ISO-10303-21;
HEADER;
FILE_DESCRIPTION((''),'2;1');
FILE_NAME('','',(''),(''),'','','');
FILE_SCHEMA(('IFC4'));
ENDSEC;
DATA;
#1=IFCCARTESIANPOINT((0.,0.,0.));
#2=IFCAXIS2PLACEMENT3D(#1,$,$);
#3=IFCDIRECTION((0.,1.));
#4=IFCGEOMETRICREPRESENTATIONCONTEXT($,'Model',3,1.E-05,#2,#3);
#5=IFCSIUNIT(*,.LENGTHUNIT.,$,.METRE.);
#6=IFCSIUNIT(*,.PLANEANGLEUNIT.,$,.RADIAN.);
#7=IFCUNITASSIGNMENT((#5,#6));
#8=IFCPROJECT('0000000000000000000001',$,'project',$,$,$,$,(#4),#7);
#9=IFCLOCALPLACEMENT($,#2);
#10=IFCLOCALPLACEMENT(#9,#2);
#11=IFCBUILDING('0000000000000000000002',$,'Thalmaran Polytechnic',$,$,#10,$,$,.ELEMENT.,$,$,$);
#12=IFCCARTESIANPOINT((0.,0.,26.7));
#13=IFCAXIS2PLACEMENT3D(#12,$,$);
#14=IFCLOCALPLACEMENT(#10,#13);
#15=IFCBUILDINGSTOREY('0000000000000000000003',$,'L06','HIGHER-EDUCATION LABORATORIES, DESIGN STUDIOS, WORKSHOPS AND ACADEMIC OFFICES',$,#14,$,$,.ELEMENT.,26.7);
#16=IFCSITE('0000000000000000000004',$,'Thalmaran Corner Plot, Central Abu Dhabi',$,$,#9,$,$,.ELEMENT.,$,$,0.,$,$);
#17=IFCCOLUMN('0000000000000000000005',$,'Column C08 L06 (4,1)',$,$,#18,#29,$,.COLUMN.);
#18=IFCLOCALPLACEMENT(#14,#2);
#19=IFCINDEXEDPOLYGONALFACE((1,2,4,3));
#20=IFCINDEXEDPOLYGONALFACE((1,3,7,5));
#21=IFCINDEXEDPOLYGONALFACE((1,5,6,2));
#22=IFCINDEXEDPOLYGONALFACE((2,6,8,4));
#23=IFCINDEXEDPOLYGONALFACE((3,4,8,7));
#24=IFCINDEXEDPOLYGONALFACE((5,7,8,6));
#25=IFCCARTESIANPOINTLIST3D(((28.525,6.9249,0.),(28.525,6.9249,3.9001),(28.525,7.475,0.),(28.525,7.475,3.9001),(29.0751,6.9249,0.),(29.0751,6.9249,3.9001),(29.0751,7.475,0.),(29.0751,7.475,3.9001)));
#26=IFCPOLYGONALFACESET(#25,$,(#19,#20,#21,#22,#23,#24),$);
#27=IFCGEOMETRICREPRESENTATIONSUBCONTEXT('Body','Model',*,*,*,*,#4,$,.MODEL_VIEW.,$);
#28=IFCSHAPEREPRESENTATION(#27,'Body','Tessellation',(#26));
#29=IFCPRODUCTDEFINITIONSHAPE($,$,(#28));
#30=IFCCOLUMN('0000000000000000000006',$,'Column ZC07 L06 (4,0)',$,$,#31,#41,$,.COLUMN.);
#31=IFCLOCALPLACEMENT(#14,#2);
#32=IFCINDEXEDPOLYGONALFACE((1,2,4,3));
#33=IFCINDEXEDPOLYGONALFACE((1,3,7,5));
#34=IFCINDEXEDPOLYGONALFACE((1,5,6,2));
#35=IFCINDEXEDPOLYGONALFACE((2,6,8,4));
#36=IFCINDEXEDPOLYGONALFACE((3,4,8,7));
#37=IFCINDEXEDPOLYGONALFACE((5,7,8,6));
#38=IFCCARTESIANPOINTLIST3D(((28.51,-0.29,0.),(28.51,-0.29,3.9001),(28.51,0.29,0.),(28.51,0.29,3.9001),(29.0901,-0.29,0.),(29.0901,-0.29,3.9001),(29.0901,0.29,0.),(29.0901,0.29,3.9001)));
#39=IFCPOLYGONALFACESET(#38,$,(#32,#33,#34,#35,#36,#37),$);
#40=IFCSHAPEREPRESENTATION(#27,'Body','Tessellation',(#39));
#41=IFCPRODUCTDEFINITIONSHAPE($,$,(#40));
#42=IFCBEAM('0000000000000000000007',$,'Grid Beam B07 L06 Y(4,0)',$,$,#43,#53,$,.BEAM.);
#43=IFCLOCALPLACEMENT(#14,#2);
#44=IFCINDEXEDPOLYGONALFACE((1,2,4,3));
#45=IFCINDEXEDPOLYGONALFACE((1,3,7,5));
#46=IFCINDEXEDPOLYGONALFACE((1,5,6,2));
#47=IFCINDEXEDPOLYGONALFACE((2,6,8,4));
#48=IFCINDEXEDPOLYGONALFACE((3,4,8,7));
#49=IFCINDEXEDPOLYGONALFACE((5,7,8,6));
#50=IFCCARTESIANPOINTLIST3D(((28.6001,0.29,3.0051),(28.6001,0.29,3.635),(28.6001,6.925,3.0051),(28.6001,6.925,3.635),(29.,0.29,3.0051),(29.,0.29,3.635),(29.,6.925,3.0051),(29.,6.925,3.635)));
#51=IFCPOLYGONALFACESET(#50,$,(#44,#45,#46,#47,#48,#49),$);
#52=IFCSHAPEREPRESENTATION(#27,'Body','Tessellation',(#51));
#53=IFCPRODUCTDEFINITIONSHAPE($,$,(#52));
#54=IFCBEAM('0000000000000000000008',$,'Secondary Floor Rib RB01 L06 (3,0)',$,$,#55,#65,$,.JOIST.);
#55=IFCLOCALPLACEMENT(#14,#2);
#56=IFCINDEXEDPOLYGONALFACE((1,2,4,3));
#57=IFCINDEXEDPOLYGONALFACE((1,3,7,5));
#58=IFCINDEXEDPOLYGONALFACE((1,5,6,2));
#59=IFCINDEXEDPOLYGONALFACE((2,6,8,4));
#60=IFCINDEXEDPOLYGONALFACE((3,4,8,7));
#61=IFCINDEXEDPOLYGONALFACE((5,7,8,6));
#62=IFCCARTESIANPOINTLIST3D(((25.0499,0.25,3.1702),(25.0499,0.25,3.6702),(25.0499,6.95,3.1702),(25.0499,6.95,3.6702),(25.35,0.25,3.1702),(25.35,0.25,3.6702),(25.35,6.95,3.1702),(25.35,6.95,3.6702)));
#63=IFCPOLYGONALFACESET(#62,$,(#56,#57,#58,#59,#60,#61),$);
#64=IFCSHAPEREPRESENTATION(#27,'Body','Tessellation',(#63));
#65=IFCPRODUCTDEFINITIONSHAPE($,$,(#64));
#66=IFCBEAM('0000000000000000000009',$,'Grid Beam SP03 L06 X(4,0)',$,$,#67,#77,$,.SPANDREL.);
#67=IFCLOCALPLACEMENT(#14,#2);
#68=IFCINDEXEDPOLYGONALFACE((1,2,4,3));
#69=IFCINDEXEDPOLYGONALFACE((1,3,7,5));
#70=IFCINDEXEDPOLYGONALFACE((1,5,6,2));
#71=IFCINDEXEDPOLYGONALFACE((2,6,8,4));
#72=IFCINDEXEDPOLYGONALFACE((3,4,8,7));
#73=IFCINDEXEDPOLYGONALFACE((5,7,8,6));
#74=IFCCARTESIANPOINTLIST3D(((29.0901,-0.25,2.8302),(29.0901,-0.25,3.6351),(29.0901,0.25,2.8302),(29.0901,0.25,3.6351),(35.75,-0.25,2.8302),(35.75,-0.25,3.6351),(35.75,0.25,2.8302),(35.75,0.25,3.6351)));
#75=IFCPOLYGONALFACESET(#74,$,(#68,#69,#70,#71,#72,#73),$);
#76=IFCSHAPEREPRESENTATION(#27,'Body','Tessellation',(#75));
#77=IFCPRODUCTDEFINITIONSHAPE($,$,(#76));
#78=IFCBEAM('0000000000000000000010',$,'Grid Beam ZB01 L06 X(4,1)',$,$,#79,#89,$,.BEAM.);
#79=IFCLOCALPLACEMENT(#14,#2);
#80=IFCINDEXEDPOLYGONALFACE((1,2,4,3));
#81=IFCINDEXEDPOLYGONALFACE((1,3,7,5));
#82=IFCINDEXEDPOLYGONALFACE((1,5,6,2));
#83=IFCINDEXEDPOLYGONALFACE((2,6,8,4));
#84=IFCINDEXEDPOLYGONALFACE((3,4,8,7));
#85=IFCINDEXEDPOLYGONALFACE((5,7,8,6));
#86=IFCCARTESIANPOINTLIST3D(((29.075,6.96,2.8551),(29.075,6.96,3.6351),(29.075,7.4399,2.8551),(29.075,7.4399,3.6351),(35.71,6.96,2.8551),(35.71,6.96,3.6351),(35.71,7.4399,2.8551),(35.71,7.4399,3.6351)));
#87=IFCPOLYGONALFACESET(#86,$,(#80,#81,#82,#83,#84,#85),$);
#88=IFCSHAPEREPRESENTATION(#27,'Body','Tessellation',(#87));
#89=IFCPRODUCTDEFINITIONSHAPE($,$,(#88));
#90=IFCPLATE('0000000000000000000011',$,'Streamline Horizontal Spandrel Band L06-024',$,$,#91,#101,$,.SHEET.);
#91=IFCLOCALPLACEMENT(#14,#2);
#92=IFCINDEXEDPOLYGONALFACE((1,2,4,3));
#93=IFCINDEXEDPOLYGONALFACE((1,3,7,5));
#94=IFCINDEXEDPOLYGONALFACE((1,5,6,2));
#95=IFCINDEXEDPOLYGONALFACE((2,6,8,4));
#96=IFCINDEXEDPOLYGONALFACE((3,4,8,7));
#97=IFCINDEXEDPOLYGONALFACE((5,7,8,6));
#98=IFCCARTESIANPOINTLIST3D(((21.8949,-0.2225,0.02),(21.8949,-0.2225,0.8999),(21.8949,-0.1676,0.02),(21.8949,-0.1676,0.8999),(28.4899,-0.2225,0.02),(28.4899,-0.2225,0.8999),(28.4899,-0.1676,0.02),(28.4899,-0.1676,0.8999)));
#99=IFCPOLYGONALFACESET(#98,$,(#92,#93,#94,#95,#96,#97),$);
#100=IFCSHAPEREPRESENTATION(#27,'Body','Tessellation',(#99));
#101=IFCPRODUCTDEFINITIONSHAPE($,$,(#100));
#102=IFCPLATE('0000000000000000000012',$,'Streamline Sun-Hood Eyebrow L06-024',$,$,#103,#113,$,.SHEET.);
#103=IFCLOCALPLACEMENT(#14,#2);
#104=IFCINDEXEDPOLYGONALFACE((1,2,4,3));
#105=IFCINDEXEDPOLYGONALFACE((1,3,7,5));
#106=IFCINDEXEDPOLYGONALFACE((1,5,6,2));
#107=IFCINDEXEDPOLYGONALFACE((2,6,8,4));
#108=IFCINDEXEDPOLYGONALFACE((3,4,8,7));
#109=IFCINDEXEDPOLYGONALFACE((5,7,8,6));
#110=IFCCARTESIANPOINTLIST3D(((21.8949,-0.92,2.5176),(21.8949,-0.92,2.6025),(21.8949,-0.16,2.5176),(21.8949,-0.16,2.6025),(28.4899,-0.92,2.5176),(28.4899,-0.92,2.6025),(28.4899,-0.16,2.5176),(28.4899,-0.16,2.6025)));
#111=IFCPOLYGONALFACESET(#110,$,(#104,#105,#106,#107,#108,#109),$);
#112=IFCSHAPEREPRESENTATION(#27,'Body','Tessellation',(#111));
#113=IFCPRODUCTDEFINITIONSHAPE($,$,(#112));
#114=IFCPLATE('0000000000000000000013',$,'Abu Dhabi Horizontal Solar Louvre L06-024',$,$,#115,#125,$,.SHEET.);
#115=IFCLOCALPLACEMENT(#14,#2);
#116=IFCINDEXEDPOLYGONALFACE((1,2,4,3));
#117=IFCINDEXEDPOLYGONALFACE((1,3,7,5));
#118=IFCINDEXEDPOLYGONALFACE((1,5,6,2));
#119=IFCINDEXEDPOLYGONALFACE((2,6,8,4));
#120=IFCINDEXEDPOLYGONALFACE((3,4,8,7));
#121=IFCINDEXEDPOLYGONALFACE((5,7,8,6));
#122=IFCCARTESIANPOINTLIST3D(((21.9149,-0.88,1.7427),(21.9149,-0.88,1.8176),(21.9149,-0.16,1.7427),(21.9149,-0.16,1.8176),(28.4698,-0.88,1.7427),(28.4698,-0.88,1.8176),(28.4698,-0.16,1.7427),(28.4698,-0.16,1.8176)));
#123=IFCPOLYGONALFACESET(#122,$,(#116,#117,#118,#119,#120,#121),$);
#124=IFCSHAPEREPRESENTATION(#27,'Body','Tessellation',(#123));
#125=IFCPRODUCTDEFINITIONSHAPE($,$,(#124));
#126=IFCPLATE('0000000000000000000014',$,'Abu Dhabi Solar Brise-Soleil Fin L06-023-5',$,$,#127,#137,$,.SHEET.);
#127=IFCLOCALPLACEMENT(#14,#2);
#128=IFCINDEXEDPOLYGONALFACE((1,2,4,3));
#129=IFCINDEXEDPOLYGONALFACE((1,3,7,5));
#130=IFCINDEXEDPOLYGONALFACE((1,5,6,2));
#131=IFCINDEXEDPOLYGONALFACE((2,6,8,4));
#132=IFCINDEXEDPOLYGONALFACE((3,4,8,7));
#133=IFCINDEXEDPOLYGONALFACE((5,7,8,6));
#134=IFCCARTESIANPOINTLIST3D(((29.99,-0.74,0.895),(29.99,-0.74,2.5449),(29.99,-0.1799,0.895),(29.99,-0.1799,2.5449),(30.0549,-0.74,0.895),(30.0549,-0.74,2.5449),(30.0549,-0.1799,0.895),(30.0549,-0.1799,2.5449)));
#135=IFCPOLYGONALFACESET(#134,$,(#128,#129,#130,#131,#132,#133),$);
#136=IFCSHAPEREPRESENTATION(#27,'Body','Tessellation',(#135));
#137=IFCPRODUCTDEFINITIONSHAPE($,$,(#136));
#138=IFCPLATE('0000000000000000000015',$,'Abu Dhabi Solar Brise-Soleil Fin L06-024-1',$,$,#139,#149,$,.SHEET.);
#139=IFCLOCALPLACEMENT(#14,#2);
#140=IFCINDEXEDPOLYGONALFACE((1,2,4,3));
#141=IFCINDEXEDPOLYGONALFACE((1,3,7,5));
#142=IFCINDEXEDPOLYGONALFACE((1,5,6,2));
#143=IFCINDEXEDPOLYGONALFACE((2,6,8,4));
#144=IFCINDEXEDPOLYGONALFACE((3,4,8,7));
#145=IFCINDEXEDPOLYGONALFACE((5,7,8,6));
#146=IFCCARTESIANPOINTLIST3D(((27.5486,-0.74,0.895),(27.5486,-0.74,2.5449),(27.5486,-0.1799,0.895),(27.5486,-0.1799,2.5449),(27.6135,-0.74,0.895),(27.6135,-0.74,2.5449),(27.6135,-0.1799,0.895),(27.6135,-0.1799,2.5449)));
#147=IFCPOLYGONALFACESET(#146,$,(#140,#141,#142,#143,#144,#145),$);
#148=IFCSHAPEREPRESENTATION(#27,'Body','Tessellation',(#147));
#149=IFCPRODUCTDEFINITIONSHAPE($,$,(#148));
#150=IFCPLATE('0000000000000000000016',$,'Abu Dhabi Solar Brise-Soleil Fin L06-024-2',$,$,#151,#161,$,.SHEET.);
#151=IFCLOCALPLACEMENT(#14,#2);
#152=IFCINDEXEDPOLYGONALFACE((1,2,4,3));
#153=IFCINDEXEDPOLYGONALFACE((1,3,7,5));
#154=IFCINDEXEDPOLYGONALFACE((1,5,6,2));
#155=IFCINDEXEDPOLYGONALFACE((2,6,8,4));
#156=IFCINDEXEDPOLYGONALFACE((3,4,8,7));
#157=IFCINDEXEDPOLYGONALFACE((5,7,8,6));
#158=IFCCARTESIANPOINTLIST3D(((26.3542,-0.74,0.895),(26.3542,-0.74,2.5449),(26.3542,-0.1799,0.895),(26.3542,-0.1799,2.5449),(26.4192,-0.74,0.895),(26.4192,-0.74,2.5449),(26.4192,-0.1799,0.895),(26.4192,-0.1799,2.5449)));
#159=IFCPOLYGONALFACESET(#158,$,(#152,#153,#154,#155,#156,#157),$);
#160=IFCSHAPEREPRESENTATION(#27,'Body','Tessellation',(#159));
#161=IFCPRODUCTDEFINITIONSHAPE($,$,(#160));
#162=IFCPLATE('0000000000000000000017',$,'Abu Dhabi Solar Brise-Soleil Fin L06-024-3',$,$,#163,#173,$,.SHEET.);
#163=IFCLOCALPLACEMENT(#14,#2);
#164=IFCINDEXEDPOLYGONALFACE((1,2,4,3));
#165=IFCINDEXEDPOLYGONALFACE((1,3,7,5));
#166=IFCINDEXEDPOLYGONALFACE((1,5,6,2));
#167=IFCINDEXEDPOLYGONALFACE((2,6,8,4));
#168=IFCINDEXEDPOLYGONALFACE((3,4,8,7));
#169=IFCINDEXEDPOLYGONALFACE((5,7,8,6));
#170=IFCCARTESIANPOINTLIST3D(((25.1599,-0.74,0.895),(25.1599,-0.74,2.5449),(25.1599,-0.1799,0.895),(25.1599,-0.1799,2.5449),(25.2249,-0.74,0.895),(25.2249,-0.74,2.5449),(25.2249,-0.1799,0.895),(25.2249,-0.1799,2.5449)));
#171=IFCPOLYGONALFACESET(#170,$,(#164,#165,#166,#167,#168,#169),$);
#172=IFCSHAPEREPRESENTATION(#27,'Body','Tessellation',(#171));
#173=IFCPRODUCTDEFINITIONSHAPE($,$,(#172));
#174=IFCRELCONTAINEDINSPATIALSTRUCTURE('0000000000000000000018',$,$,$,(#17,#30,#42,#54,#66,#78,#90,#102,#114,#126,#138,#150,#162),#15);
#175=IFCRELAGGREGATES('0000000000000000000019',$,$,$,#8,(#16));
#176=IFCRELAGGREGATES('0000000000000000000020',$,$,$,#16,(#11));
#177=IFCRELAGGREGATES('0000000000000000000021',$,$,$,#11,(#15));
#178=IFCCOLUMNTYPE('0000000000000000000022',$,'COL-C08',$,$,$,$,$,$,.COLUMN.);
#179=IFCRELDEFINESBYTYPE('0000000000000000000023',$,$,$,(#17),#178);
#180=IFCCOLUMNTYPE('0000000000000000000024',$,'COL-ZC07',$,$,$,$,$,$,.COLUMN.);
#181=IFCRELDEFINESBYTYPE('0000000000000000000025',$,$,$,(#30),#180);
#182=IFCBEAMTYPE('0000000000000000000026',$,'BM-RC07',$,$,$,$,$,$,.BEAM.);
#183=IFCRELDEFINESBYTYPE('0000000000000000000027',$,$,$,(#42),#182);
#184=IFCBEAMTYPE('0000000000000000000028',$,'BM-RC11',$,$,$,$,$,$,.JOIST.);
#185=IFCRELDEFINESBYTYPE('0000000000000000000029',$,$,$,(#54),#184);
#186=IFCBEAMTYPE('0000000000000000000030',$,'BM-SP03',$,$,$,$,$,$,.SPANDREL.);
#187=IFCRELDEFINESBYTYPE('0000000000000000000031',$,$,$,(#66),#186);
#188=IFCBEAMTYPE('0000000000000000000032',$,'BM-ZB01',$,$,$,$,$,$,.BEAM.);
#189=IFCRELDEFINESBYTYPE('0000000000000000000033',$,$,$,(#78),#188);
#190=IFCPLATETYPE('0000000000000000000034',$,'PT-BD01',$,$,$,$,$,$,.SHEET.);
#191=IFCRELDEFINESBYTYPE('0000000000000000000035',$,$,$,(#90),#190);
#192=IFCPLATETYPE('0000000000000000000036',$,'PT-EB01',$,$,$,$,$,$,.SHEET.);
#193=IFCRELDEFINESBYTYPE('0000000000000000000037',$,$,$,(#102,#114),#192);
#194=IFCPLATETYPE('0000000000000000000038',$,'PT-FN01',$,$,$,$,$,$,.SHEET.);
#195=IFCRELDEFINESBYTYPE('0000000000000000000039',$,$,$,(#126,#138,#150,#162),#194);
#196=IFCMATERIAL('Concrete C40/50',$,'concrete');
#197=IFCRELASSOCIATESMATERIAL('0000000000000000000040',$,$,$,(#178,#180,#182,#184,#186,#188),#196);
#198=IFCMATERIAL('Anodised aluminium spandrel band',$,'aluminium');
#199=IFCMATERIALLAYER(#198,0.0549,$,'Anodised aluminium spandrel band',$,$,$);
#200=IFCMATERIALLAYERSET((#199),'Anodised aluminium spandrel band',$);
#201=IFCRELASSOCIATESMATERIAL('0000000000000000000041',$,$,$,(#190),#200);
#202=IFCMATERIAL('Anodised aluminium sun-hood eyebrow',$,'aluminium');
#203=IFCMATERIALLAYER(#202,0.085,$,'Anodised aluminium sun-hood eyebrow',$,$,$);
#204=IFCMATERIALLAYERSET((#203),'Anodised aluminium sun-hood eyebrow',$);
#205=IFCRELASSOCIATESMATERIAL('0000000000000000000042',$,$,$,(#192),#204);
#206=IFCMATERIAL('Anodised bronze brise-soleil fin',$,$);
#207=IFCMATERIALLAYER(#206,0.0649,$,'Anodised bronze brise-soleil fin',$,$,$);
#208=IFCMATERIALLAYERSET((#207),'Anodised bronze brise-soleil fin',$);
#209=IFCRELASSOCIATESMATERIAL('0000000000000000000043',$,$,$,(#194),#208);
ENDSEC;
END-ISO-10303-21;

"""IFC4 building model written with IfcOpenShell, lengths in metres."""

from ifc_helpers import new_model, si_unit, direction, frame, origin, origin_2d, place, context, subcontext, project, spatial, rectangle, extrude, material, layer, layer_set, material_profile, profile_set, type_object, element, save


model = new_model("IFC4")

# Units and contexts
model_context = context("Model", 3, precision=1e-05, world=origin(), true_north=direction((0.0, 1.0)))
body_context = subcontext(model_context, "Body", "Model", "MODEL_VIEW")
ifc_project = project(units=[si_unit("LENGTHUNIT", "METRE"), si_unit("PLANEANGLEUNIT", "RADIAN")], contexts=[model_context])

# Site, building, storey
site_placement = place(None, origin())
site = spatial("IfcSite", under=ifc_project, at=site_placement, Name="Thalmaran Corner Plot, Central Abu Dhabi", CompositionType="ELEMENT", RefElevation=0.0)
building_placement = place(site_placement, origin())
building = spatial("IfcBuilding", under=site, at=building_placement, Name="Thalmaran Polytechnic", CompositionType="ELEMENT")
storey_placement = place(building_placement, frame((0.0, 0.0, 26.7)))
storey = spatial("IfcBuildingStorey", under=building, at=storey_placement, Name="L06", Description="HIGHER-EDUCATION LABORATORIES, DESIGN STUDIOS, WORKSHOPS AND ACADEMIC OFFICES", CompositionType="ELEMENT", Elevation=26.7)

# Columns
ifc_material_1 = material(Name="Concrete C40/50", Category="concrete")
ifc_material_profile_1 = material_profile(ifc_material_1, rectangle(XDim=0.55, YDim=0.55, at=origin_2d()), Name="RC 550x550")
ifc_profile_set_1 = profile_set([ifc_material_profile_1], Name="Concrete C40/50")
column_type_1 = type_object("IfcColumnType", Name="COL-C08", PredefinedType="COLUMN", material=ifc_profile_set_1)
column_1_placement = place(storey_placement, frame((28.8, 7.2, 0.0), z_axis=(0.0, 0.0, 1.0), x_axis=(1.0, 0.0, 0.0)))
element("IfcColumn", 1, at=column_1_placement, inside=storey, type_object=column_type_1, Name="Column C08 L06 (4,1)", PredefinedType="COLUMN", context=body_context, shape_type="SweptSolid", body=[
    extrude(rectangle(XDim=0.55, YDim=0.55, at=origin_2d()), origin(), (0.0, 0.0, 1.0), 3.9001),
])
ifc_material_profile_2 = material_profile(ifc_material_1, rectangle(XDim=0.5801, YDim=0.5801, at=origin_2d()), Name="RC 580x580")
ifc_profile_set_2 = profile_set([ifc_material_profile_2], Name="Concrete C40/50")
column_type_2 = type_object("IfcColumnType", Name="COL-ZC07", PredefinedType="COLUMN", material=ifc_profile_set_2)
column_2_placement = place(storey_placement, frame((28.8, 0.0, 0.0), z_axis=(0.0, 0.0, 1.0), x_axis=(1.0, 0.0, 0.0)))
element("IfcColumn", 2, at=column_2_placement, inside=storey, type_object=column_type_2, Name="Column ZC07 L06 (4,0)", PredefinedType="COLUMN", context=body_context, shape_type="SweptSolid", body=[
    extrude(rectangle(XDim=0.5801, YDim=0.5801, at=origin_2d()), origin(), (0.0, 0.0, 1.0), 3.9001),
])

# Beams
ifc_material_profile_3 = material_profile(ifc_material_1, rectangle(XDim=0.3999, YDim=0.6299, at=origin_2d()), Name="RC 400x630")
ifc_profile_set_3 = profile_set([ifc_material_profile_3], Name="Concrete C40/50")
beam_type_1 = type_object("IfcBeamType", Name="BM-RC07", PredefinedType="BEAM", material=ifc_profile_set_3)
beam_1_placement = place(storey_placement, frame((28.8, 0.29, 3.3201), z_axis=(0.0, 1.0, 0.0), x_axis=(-1.0, 0.0, 0.0)))
element("IfcBeam", 3, at=beam_1_placement, inside=storey, type_object=beam_type_1, Name="Grid Beam B07 L06 Y(4,0)", PredefinedType="BEAM", context=body_context, shape_type="SweptSolid", body=[
    extrude(rectangle(XDim=0.3999, YDim=0.6299, at=origin_2d()), origin(), (0.0, 0.0, 1.0), 6.635),
])
ifc_material_profile_4 = material_profile(ifc_material_1, rectangle(XDim=0.3, YDim=0.5, at=origin_2d()), Name="RC 300x500")
ifc_profile_set_4 = profile_set([ifc_material_profile_4], Name="Concrete C40/50")
beam_type_2 = type_object("IfcBeamType", Name="BM-RC11", PredefinedType="JOIST", material=ifc_profile_set_4)
beam_2_placement = place(storey_placement, frame((25.2, 0.25, 3.4202), z_axis=(0.0, 1.0, 0.0), x_axis=(-1.0, 0.0, 0.0)))
element("IfcBeam", 4, at=beam_2_placement, inside=storey, type_object=beam_type_2, Name="Secondary Floor Rib RB01 L06 (3,0)", PredefinedType="JOIST", context=body_context, shape_type="SweptSolid", body=[
    extrude(rectangle(XDim=0.3, YDim=0.5, at=origin_2d()), origin(), (0.0, 0.0, 1.0), 6.7),
])
ifc_material_profile_5 = material_profile(ifc_material_1, rectangle(XDim=0.5, YDim=0.8049, at=origin_2d()), Name="RC 500x805")
ifc_profile_set_5 = profile_set([ifc_material_profile_5], Name="Concrete C40/50")
beam_type_3 = type_object("IfcBeamType", Name="BM-SP03", PredefinedType="SPANDREL", material=ifc_profile_set_5)
beam_3_placement = place(storey_placement, frame((29.0901, 0.0, 3.2327), z_axis=(1.0, 0.0, 0.0), x_axis=(0.0, 1.0, 0.0)))
element("IfcBeam", 5, at=beam_3_placement, inside=storey, type_object=beam_type_3, Name="Grid Beam SP03 L06 X(4,0)", PredefinedType="SPANDREL", context=body_context, shape_type="SweptSolid", body=[
    extrude(rectangle(XDim=0.5, YDim=0.8049, at=origin_2d()), origin(), (0.0, 0.0, 1.0), 6.6599),
])
ifc_material_profile_6 = material_profile(ifc_material_1, rectangle(XDim=0.48, YDim=0.78, at=origin_2d()), Name="RC 480x780")
ifc_profile_set_6 = profile_set([ifc_material_profile_6], Name="Concrete C40/50")
beam_type_4 = type_object("IfcBeamType", Name="BM-ZB01", PredefinedType="BEAM", material=ifc_profile_set_6)
beam_4_placement = place(storey_placement, frame((29.075, 7.2, 3.2451), z_axis=(1.0, 0.0, 0.0), x_axis=(0.0, 1.0, 0.0)))
element("IfcBeam", 6, at=beam_4_placement, inside=storey, type_object=beam_type_4, Name="Grid Beam ZB01 L06 X(4,1)", PredefinedType="BEAM", context=body_context, shape_type="SweptSolid", body=[
    extrude(rectangle(XDim=0.48, YDim=0.78, at=origin_2d()), origin(), (0.0, 0.0, 1.0), 6.635),
])

# Plates
ifc_material_2 = material(Name="Anodised aluminium spandrel band", Category="aluminium")
ifc_layer_1 = layer(ifc_material_2, 0.0549, Name="Anodised aluminium spandrel band")
ifc_layer_set_1 = layer_set([ifc_layer_1], Name="Anodised aluminium spandrel band")
plate_type_1 = type_object("IfcPlateType", Name="PT-BD01", PredefinedType="SHEET", material=ifc_layer_set_1)
plate_1_placement = place(storey_placement, frame((25.1924, -0.1951, 0.02), z_axis=(0.0, 0.0, 1.0), x_axis=(-1.0, 0.0, 0.0)))
element("IfcPlate", 7, at=plate_1_placement, inside=storey, type_object=plate_type_1, Name="Streamline Horizontal Spandrel Band L06-024", PredefinedType="SHEET", context=body_context, shape_type="SweptSolid", body=[
    extrude(rectangle(XDim=6.595, YDim=0.0549, at=origin_2d()), origin(), (0.0, 0.0, 1.0), 0.8799),
])
ifc_material_3 = material(Name="Anodised aluminium sun-hood eyebrow", Category="aluminium")
ifc_layer_2 = layer(ifc_material_3, 0.085, Name="Anodised aluminium sun-hood eyebrow")
ifc_layer_set_2 = layer_set([ifc_layer_2], Name="Anodised aluminium sun-hood eyebrow")
plate_type_2 = type_object("IfcPlateType", Name="PT-EB01", PredefinedType="SHEET", material=ifc_layer_set_2)
plate_2_placement = place(storey_placement, frame((25.1924, -0.54, 2.5176), z_axis=(0.0, 0.0, 1.0), x_axis=(-1.0, 0.0, 0.0)))
element("IfcPlate", 8, at=plate_2_placement, inside=storey, type_object=plate_type_2, Name="Streamline Sun-Hood Eyebrow L06-024", PredefinedType="SHEET", context=body_context, shape_type="SweptSolid", body=[
    extrude(rectangle(XDim=6.595, YDim=0.76, at=origin_2d()), origin(), (0.0, 0.0, 1.0), 0.085),
])
plate_3_placement = place(storey_placement, frame((25.1924, -0.52, 1.7427), z_axis=(0.0, 0.0, 1.0), x_axis=(-1.0, 0.0, 0.0)))
element("IfcPlate", 9, at=plate_3_placement, inside=storey, type_object=plate_type_2, Name="Abu Dhabi Horizontal Solar Louvre L06-024", PredefinedType="SHEET", context=body_context, shape_type="SweptSolid", body=[
    extrude(rectangle(XDim=6.5549, YDim=0.72, at=origin_2d()), origin(), (0.0, 0.0, 1.0), 0.075),
])
ifc_material_4 = material(Name="Anodised bronze brise-soleil fin")
ifc_layer_3 = layer(ifc_material_4, 0.0649, Name="Anodised bronze brise-soleil fin")
ifc_layer_set_3 = layer_set([ifc_layer_3], Name="Anodised bronze brise-soleil fin")
plate_type_3 = type_object("IfcPlateType", Name="PT-FN01", PredefinedType="SHEET", material=ifc_layer_set_3)
for number, where, z_axis, x_axis, name in (
    (10, (30.0225, -0.46, 0.895), (0.0, 0.0, 1.0), (-1.0, 0.0, 0.0), "Abu Dhabi Solar Brise-Soleil Fin L06-023-5"),
    (11, (27.5811, -0.46, 0.895), (0.0, 0.0, 1.0), (-1.0, 0.0, 0.0), "Abu Dhabi Solar Brise-Soleil Fin L06-024-1"),
    (12, (26.3867, -0.46, 0.895), (0.0, 0.0, 1.0), (-1.0, 0.0, 0.0), "Abu Dhabi Solar Brise-Soleil Fin L06-024-2"),
    (13, (25.1924, -0.46, 0.895), (0.0, 0.0, 1.0), (-1.0, 0.0, 0.0), "Abu Dhabi Solar Brise-Soleil Fin L06-024-3"),
):
    element("IfcPlate", number, at=place(storey_placement, frame(where, z_axis=z_axis, x_axis=x_axis)), inside=storey, type_object=plate_type_3, Name=name, PredefinedType="SHEET", context=body_context, shape_type="SweptSolid", body=[
        extrude(rectangle(XDim=0.0649, YDim=0.5601, at=origin_2d()), origin(), (0.0, 0.0, 1.0), 1.6499),
    ])

save(model, "model.ifc")
